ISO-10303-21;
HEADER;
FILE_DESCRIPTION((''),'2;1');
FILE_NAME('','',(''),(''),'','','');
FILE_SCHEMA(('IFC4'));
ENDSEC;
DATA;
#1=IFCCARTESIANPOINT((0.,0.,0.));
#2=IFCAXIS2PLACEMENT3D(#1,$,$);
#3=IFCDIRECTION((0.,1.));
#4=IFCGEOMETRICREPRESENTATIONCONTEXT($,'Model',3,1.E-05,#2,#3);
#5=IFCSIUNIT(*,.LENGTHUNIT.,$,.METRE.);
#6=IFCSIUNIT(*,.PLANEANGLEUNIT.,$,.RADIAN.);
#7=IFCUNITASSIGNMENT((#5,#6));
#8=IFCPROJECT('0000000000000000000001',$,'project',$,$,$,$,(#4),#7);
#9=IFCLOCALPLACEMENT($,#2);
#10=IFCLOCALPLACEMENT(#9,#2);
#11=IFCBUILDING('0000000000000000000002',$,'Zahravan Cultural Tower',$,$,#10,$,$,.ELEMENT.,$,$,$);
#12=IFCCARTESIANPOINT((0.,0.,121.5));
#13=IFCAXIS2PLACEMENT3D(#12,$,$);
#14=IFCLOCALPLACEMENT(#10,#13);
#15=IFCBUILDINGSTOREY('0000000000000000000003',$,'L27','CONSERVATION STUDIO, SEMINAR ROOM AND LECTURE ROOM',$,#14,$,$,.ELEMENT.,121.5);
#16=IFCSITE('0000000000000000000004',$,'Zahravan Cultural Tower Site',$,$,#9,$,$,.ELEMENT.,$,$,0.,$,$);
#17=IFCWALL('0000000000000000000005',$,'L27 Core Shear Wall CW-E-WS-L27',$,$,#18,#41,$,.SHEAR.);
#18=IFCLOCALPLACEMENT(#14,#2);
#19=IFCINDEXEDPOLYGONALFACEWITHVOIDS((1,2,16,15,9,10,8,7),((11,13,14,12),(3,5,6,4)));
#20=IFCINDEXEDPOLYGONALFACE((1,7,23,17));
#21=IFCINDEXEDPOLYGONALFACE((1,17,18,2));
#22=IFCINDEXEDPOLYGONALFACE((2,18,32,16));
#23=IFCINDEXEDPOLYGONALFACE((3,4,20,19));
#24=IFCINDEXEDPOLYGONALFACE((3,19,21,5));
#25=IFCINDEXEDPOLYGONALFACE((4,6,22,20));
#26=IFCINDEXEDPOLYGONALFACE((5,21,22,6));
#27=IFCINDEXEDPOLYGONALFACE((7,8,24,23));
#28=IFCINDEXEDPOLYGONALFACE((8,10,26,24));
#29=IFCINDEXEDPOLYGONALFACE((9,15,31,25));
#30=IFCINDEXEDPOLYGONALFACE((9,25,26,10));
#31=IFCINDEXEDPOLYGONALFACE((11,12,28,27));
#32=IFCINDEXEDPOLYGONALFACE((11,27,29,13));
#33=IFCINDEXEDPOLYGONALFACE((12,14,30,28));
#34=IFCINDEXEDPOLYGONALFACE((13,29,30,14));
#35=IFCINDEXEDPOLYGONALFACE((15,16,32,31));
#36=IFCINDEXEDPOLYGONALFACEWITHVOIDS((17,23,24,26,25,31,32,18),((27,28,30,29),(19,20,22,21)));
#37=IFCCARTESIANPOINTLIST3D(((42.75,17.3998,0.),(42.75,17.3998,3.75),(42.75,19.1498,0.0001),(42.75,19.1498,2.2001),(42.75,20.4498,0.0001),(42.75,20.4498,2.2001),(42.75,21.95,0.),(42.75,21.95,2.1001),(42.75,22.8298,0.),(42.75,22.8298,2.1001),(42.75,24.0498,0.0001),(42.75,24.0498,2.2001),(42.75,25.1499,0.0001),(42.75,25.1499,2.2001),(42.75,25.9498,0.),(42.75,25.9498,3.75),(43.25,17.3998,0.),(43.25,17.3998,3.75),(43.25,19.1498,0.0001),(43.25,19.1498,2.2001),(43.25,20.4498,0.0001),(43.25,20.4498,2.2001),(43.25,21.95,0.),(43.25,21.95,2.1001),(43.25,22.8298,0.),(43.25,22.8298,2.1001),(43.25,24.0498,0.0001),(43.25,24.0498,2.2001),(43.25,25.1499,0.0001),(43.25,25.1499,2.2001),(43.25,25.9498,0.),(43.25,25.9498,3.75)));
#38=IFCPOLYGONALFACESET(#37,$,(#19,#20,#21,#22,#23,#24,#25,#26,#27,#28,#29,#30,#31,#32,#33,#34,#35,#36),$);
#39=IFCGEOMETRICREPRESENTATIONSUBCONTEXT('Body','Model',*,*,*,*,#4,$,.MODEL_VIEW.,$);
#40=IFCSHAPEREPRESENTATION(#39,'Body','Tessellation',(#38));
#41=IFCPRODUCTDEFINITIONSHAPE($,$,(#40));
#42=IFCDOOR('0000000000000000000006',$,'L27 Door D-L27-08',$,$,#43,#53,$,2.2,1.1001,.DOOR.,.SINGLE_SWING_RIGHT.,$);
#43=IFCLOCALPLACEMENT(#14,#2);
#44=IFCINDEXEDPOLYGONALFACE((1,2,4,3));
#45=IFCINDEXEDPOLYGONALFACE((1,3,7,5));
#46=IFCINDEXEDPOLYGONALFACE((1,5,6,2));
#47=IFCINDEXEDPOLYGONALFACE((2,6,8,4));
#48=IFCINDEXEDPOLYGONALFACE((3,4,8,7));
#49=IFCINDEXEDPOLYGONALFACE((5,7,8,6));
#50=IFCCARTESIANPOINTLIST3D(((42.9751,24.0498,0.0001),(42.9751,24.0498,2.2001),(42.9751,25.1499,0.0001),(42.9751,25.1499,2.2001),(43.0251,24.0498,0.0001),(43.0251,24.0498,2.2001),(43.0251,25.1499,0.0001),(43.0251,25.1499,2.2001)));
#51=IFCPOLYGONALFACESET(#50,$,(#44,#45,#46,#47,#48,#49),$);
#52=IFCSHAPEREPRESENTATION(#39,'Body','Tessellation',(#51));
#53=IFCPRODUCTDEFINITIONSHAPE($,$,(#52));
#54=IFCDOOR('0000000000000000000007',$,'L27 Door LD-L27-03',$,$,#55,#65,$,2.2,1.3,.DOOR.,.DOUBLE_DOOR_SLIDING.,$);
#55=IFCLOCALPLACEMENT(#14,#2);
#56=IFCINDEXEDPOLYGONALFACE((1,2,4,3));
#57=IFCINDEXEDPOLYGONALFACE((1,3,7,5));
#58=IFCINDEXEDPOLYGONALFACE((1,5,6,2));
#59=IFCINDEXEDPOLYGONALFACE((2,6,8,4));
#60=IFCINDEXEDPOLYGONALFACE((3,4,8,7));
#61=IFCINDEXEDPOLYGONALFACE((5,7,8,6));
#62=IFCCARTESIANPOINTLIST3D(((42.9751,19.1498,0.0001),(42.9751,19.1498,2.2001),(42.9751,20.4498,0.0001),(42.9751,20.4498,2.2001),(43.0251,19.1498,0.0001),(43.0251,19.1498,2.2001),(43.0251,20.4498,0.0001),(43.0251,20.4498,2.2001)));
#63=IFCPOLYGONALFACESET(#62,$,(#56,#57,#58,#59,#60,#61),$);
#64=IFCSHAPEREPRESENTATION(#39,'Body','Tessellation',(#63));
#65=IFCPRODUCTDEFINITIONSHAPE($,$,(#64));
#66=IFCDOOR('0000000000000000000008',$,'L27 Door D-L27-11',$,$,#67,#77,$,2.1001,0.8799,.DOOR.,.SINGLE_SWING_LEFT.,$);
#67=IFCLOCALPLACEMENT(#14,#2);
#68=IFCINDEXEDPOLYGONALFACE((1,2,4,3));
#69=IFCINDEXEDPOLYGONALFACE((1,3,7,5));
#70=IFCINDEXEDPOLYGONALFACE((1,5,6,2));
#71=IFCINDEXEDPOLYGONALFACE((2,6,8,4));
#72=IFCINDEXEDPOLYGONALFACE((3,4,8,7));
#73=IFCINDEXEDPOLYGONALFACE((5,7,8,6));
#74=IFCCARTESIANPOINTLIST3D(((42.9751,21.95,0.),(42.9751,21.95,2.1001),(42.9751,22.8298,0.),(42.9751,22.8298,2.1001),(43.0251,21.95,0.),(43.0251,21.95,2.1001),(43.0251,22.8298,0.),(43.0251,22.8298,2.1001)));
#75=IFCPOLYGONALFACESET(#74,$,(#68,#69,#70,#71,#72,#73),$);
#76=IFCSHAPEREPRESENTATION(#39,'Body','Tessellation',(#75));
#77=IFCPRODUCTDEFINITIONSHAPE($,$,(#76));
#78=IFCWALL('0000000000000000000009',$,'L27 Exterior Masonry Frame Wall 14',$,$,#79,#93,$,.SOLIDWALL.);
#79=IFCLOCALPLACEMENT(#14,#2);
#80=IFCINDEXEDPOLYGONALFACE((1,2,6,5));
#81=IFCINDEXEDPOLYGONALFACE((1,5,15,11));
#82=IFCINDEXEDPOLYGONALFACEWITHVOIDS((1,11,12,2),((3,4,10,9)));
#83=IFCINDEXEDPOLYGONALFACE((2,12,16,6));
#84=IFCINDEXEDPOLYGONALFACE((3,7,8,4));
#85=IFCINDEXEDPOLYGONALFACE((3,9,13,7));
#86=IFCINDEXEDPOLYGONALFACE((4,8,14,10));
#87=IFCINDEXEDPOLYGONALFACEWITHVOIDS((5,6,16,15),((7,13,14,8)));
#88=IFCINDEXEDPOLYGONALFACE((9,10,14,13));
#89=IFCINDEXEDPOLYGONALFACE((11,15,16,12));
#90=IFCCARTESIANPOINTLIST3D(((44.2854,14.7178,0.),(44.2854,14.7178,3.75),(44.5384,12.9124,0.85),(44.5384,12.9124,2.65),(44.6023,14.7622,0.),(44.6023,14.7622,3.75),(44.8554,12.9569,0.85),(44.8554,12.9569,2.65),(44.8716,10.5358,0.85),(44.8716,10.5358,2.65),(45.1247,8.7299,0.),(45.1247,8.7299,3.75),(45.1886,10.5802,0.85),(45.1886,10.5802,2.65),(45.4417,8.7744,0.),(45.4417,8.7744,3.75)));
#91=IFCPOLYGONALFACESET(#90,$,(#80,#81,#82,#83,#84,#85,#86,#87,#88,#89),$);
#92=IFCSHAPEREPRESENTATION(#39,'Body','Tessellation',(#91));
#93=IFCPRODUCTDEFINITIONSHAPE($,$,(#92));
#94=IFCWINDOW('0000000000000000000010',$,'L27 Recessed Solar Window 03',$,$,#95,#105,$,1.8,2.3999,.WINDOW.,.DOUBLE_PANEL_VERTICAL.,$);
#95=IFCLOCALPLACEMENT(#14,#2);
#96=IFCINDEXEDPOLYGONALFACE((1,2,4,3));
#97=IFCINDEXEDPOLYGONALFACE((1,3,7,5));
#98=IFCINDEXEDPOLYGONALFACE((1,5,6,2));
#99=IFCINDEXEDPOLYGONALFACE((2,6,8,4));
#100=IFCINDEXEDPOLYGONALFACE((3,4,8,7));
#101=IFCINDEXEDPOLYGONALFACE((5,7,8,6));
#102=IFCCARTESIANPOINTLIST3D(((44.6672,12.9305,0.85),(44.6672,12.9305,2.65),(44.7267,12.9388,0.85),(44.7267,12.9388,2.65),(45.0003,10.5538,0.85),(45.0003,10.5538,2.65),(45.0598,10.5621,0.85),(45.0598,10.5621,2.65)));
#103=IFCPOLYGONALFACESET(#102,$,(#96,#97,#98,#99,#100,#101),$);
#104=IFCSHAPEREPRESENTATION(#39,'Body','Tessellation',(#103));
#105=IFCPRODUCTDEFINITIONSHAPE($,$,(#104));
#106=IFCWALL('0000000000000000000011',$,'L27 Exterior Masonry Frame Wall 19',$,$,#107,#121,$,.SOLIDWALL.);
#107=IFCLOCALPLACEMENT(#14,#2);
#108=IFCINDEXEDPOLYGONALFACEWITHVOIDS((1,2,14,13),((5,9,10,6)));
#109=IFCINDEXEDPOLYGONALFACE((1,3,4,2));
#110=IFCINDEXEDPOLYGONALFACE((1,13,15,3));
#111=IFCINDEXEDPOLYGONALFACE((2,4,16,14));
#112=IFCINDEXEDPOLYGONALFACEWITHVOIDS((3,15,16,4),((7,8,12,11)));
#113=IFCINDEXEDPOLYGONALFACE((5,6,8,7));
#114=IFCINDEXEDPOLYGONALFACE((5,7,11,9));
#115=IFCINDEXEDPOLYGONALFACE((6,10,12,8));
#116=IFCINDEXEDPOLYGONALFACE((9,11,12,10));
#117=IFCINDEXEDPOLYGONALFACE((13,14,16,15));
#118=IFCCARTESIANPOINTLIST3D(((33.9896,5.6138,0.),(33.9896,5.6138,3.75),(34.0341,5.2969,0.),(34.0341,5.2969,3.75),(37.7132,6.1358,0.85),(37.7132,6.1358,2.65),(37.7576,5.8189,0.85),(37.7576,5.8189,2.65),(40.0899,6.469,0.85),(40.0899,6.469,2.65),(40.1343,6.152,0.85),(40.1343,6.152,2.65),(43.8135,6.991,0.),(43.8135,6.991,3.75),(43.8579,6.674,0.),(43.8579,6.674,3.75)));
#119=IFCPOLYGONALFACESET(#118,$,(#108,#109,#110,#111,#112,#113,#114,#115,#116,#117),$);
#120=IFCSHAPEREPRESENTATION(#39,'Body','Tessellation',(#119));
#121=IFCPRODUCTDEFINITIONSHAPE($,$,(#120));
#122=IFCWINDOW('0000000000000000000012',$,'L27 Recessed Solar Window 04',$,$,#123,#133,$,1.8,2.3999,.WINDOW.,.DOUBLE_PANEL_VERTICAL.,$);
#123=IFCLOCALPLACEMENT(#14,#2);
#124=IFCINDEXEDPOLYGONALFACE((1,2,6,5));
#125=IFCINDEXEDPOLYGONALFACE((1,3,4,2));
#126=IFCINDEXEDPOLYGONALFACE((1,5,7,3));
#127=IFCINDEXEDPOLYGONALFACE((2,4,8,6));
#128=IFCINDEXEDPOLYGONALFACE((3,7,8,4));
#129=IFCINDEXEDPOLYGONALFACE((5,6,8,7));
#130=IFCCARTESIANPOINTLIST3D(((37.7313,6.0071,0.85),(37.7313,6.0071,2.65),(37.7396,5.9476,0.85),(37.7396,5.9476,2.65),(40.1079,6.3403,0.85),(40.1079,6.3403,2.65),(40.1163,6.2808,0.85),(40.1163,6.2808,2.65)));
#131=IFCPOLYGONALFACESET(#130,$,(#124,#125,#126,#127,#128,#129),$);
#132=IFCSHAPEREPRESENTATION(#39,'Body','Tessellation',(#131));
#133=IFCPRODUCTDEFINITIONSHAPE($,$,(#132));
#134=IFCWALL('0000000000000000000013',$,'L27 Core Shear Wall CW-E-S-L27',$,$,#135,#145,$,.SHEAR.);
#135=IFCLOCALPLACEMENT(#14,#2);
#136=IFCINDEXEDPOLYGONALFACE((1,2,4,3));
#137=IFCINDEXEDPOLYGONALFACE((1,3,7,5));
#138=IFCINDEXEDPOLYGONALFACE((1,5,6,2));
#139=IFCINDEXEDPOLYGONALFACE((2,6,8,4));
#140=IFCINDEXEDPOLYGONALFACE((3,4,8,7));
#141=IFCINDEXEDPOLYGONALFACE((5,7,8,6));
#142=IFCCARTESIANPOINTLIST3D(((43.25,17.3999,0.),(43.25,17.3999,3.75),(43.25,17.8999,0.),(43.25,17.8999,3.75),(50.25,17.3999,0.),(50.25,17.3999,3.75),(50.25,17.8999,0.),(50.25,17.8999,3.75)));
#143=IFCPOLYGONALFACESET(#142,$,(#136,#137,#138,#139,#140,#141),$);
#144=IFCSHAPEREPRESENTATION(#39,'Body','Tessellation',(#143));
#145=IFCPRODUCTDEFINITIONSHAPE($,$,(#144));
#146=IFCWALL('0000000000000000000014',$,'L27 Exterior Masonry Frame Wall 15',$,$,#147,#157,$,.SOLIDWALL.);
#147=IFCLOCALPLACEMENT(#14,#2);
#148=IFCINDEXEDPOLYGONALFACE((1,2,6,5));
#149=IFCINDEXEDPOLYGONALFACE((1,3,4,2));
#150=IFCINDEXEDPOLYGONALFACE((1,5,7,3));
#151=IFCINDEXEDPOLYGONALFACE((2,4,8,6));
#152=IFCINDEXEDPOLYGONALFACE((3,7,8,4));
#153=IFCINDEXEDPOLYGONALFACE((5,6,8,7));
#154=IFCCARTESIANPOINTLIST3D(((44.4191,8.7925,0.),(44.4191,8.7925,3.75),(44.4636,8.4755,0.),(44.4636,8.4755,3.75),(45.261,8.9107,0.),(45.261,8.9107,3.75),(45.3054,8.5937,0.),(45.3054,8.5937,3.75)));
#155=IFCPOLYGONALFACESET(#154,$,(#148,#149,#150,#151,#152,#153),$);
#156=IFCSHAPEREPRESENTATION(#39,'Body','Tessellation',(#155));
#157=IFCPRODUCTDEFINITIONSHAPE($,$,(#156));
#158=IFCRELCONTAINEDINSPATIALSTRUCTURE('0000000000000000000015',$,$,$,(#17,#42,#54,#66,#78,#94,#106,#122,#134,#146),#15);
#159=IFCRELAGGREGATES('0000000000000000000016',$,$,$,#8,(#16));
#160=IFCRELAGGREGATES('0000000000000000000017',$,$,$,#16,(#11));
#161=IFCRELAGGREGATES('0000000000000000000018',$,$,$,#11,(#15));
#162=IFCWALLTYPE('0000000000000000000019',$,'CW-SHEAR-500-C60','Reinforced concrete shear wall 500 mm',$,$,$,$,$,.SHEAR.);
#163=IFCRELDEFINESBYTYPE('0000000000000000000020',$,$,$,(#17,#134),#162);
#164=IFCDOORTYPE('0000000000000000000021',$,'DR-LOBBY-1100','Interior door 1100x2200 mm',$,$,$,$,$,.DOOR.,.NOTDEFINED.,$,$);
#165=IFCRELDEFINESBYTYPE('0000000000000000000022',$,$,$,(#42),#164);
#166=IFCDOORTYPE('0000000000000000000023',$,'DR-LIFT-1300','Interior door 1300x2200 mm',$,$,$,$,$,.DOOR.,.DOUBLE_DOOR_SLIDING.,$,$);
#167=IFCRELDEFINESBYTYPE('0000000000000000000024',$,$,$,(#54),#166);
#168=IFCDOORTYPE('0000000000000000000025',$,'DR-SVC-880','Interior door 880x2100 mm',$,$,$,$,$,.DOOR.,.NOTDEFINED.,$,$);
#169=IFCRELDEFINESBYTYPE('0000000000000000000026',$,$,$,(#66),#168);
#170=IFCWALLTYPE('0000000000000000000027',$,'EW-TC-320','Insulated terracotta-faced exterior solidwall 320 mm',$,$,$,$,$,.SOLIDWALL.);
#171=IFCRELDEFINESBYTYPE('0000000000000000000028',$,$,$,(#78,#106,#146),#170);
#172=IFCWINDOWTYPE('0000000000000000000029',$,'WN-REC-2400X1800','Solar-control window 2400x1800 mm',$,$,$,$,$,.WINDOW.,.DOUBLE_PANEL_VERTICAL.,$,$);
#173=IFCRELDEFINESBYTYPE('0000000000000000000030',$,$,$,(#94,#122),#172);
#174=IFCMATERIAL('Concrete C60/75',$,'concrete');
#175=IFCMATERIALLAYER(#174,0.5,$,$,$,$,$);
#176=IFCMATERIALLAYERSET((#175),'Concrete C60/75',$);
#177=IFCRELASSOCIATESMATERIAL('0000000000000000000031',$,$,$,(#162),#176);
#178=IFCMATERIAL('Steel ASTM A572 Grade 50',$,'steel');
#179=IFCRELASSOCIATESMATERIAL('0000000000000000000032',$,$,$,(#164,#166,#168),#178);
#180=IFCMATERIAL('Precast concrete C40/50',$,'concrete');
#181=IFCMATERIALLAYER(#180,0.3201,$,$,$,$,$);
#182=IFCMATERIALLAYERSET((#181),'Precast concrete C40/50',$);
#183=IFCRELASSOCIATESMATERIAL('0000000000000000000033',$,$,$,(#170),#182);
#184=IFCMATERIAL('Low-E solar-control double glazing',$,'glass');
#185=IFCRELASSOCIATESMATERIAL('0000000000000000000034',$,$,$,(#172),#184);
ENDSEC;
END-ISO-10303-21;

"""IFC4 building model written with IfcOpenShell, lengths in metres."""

from ifc_helpers import new_model, si_unit, direction, frame, frame_2d, origin, place, context, subcontext, project, spatial, rectangle, extrude, source, transform, mapped, material, layer, layer_set, type_object, element, fill, save


model = new_model("IFC4")

# Units and contexts
model_context = context("Model", 3, precision=1e-05, world=origin(), true_north=direction((0.0, 1.0)))
body_context = subcontext(model_context, "Body", "Model", "MODEL_VIEW")
ifc_project = project(units=[si_unit("LENGTHUNIT", "METRE"), si_unit("PLANEANGLEUNIT", "RADIAN")], contexts=[model_context])

# Site, building, storey
site_placement = place(None, origin())
site = spatial("IfcSite", under=ifc_project, at=site_placement, Name="Zahravan Cultural Tower Site", CompositionType="ELEMENT", RefElevation=0.0)
building_placement = place(site_placement, origin())
building = spatial("IfcBuilding", under=site, at=building_placement, Name="Zahravan Cultural Tower", CompositionType="ELEMENT")
storey_placement = place(building_placement, frame((0.0, 0.0, 121.5)))
storey = spatial("IfcBuildingStorey", under=building, at=storey_placement, Name="L27", Description="CONSERVATION STUDIO, SEMINAR ROOM AND LECTURE ROOM", CompositionType="ELEMENT", Elevation=121.5)

# Shared definitions
ifc_material_1 = material(Name="Concrete C60/75", Category="concrete")

# Wall, openings, doors
ifc_layer_1 = layer(ifc_material_1, 0.5)
ifc_layer_set_1 = layer_set([ifc_layer_1], Name="Concrete C60/75")
wall_type_1 = type_object("IfcWallType", Name="CW-SHEAR-500-C60", Description="Reinforced concrete shear wall 500 mm", PredefinedType="SHEAR", material=ifc_layer_set_1)
wall_1_placement = place(storey_placement, frame((43.0, 17.3999, 0.0), z_axis=(0.0, 0.0, 1.0), x_axis=(0.0, 1.0, 0.0)))
wall_1 = element("IfcWall", 1, at=wall_1_placement, inside=storey, type_object=wall_type_1, Name="L27 Core Shear Wall CW-E-WS-L27", PredefinedType="SHEAR", context=body_context, shape_type="SweptSolid", body=[
    extrude(rectangle(XDim=8.55, YDim=0.5, at=frame_2d((4.2749, 0.0))), origin(), (0.0, 0.0, 1.0), 3.75),
])
opening_1_placement = place(wall_1_placement, frame((6.6499, 0.0, 0.0)))
opening_1 = element("IfcOpeningElement", 2, at=opening_1_placement, cuts=wall_1, PredefinedType="OPENING", context=body_context, shape_type="SweptSolid", body=[
    extrude(rectangle(XDim=1.1001, YDim=2.2, at=frame_2d((0.55, 1.1001))), frame((0.0, 0.26, 0.0), z_axis=(0.0, -1.0, 0.0), x_axis=(1.0, 0.0, 0.0)), (0.0, 0.0, 1.0), 0.52),
])
opening_2_placement = place(wall_1_placement, frame((1.75, 0.0, 0.0)))
opening_2 = element("IfcOpeningElement", 3, at=opening_2_placement, cuts=wall_1, PredefinedType="OPENING", context=body_context, shape_type="SweptSolid", body=[
    extrude(rectangle(XDim=1.3, YDim=2.2, at=frame_2d((0.6499, 1.1001))), frame((0.0, 0.26, 0.0), z_axis=(0.0, -1.0, 0.0), x_axis=(1.0, 0.0, 0.0)), (0.0, 0.0, 1.0), 0.52),
])
opening_3_placement = place(wall_1_placement, frame((4.55, 0.0, 0.0)))
opening_3 = element("IfcOpeningElement", 4, at=opening_3_placement, cuts=wall_1, PredefinedType="OPENING", context=body_context, shape_type="SweptSolid", body=[
    extrude(rectangle(XDim=0.8799, YDim=2.1001, at=frame_2d((0.4399, 1.05))), frame((0.0, 0.26, 0.0), z_axis=(0.0, -1.0, 0.0), x_axis=(1.0, 0.0, 0.0)), (0.0, 0.0, 1.0), 0.52),
])
ifc_material_2 = material(Name="Steel ASTM A572 Grade 50", Category="steel")
door_type_1 = type_object("IfcDoorType", Name="DR-LOBBY-1100", Description="Interior door 1100x2200 mm", OperationType="NOTDEFINED", PredefinedType="DOOR", material=ifc_material_2)
shared_shape_1 = source(origin(), body_context, "Body", "SweptSolid", [
    extrude(rectangle(XDim=1.1001, YDim=2.2, at=frame_2d((0.55, 1.1001))), frame((0.0, 0.0249, 0.0), z_axis=(0.0, -1.0, 0.0), x_axis=(1.0, 0.0, 0.0)), (0.0, 0.0, 1.0), 0.05),
])
door_1_placement = place(opening_1_placement, origin())
door_1 = element("IfcDoor", 5, at=door_1_placement, inside=storey, type_object=door_type_1, Name="L27 Door D-L27-08", OperationType="SINGLE_SWING_RIGHT", OverallHeight=2.2, OverallWidth=1.1001, PredefinedType="DOOR", context=body_context, shape_type="MappedRepresentation", body=[
    mapped(shared_shape_1, transform((0.0, 0.0, 0.0), x_axis=(1.0, 0.0, 0.0), y_axis=(0.0, 1.0, 0.0), z_axis=(0.0, 0.0, 1.0), scale=1.0)),
])
fill(opening_1, door_1)
door_type_2 = type_object("IfcDoorType", Name="DR-LIFT-1300", Description="Interior door 1300x2200 mm", OperationType="DOUBLE_DOOR_SLIDING", PredefinedType="DOOR", material=ifc_material_2)
shared_shape_2 = source(origin(), body_context, "Body", "SweptSolid", [
    extrude(rectangle(XDim=1.3, YDim=2.2, at=frame_2d((0.6499, 1.1001))), frame((0.0, 0.0249, 0.0), z_axis=(0.0, -1.0, 0.0), x_axis=(1.0, 0.0, 0.0)), (0.0, 0.0, 1.0), 0.05),
])
door_2_placement = place(opening_2_placement, origin())
door_2 = element("IfcDoor", 6, at=door_2_placement, inside=storey, type_object=door_type_2, Name="L27 Door LD-L27-03", OperationType="DOUBLE_DOOR_SLIDING", OverallHeight=2.2, OverallWidth=1.3, PredefinedType="DOOR", context=body_context, shape_type="MappedRepresentation", body=[
    mapped(shared_shape_2, transform((0.0, 0.0, 0.0), x_axis=(1.0, 0.0, 0.0), y_axis=(0.0, 1.0, 0.0), z_axis=(0.0, 0.0, 1.0), scale=1.0)),
])
fill(opening_2, door_2)
door_type_3 = type_object("IfcDoorType", Name="DR-SVC-880", Description="Interior door 880x2100 mm", OperationType="NOTDEFINED", PredefinedType="DOOR", material=ifc_material_2)
shared_shape_3 = source(origin(), body_context, "Body", "SweptSolid", [
    extrude(rectangle(XDim=0.8799, YDim=2.1001, at=frame_2d((0.4399, 1.05))), frame((0.0, 0.0249, 0.0), z_axis=(0.0, -1.0, 0.0), x_axis=(1.0, 0.0, 0.0)), (0.0, 0.0, 1.0), 0.05),
])
door_3_placement = place(opening_3_placement, origin())
door_3 = element("IfcDoor", 7, at=door_3_placement, inside=storey, type_object=door_type_3, Name="L27 Door D-L27-11", OperationType="SINGLE_SWING_LEFT", OverallHeight=2.1001, OverallWidth=0.8799, PredefinedType="DOOR", context=body_context, shape_type="MappedRepresentation", body=[
    mapped(shared_shape_3, transform((0.0, 0.0, 0.0), x_axis=(1.0, 0.0, 0.0), y_axis=(0.0, 1.0, 0.0), z_axis=(0.0, 0.0, 1.0), scale=1.0)),
])
fill(opening_3, door_3)

# Walls, openings, windows
ifc_material_3 = material(Name="Precast concrete C40/50", Category="concrete")
ifc_layer_2 = layer(ifc_material_3, 0.3201)
ifc_layer_set_2 = layer_set([ifc_layer_2], Name="Precast concrete C40/50")
wall_type_2 = type_object("IfcWallType", Name="EW-TC-320", Description="Insulated terracotta-faced exterior solidwall 320 mm", PredefinedType="SOLIDWALL", material=ifc_layer_set_2)
wall_2_placement = place(storey_placement, frame((44.4438, 14.74, 0.0), z_axis=(0.0, 0.0, 1.0), x_axis=(0.138821, -0.990318, 0.0)))
wall_2 = element("IfcWall", 8, at=wall_2_placement, inside=storey, type_object=wall_type_2, Name="L27 Exterior Masonry Frame Wall 14", PredefinedType="SOLIDWALL", context=body_context, shape_type="SweptSolid", body=[
    extrude(rectangle(XDim=6.0464, YDim=0.3201, at=frame_2d((3.0232, 0.0))), origin(), (0.0, 0.0, 1.0), 3.75),
])
opening_4_placement = place(wall_2_placement, frame((1.823, 0.0, 0.8501)))
opening_4 = element("IfcOpeningElement", 9, at=opening_4_placement, cuts=wall_2, PredefinedType="OPENING", context=body_context, shape_type="SweptSolid", body=[
    extrude(rectangle(XDim=2.3999, YDim=1.8, at=frame_2d((1.2, 0.8999))), frame((0.0, 0.1699, 0.0), z_axis=(0.0, -1.0, 0.0), x_axis=(1.0, 0.0, 0.0)), (0.0, 0.0, 1.0), 0.3401),
])
ifc_material_4 = material(Name="Low-E solar-control double glazing", Category="glass")
window_type = type_object("IfcWindowType", Name="WN-REC-2400X1800", Description="Solar-control window 2400x1800 mm", PartitioningType="DOUBLE_PANEL_VERTICAL", PredefinedType="WINDOW", material=ifc_material_4)
shared_shape_4 = source(origin(), body_context, "Body", "SweptSolid", [
    extrude(rectangle(XDim=2.3999, YDim=1.8, at=frame_2d((1.2, 0.8999))), frame((0.0, 0.03, 0.0), z_axis=(0.0, -1.0, 0.0), x_axis=(1.0, 0.0, 0.0)), (0.0, 0.0, 1.0), 0.0601),
])
window_1_placement = place(opening_4_placement, origin())
window_1 = element("IfcWindow", 10, at=window_1_placement, inside=storey, type_object=window_type, Name="L27 Recessed Solar Window 03", OverallHeight=1.8, OverallWidth=2.3999, PartitioningType="DOUBLE_PANEL_VERTICAL", PredefinedType="WINDOW", context=body_context, shape_type="MappedRepresentation", body=[
    mapped(shared_shape_4, transform((0.0, 0.0, 0.0), x_axis=(1.0, 0.0, 0.0), y_axis=(0.0, 1.0, 0.0), z_axis=(0.0, 0.0, 1.0), scale=1.0)),
])
fill(opening_4, window_1)
wall_3_placement = place(storey_placement, frame((43.8357, 6.8325, 0.0), z_axis=(0.0, 0.0, 1.0), x_axis=(-0.990316, -0.13883, 0.0)))
wall_3 = element("IfcWall", 11, at=wall_3_placement, inside=storey, type_object=wall_type_2, Name="L27 Exterior Masonry Frame Wall 19", PredefinedType="SOLIDWALL", context=body_context, shape_type="SweptSolid", body=[
    extrude(rectangle(XDim=9.9199, YDim=0.3201, at=frame_2d((4.96, 0.0))), origin(), (0.0, 0.0, 1.0), 3.75),
])
opening_5_placement = place(wall_3_placement, frame((3.76, 0.0, 0.8501)))
opening_5 = element("IfcOpeningElement", 12, at=opening_5_placement, cuts=wall_3, PredefinedType="OPENING", context=body_context, shape_type="SweptSolid", body=[
    extrude(rectangle(XDim=2.3999, YDim=1.8, at=frame_2d((1.2, 0.8999))), frame((0.0, 0.1699, 0.0), z_axis=(0.0, -1.0, 0.0), x_axis=(1.0, 0.0, 0.0)), (0.0, 0.0, 1.0), 0.3401),
])
window_2_placement = place(opening_5_placement, origin())
window_2 = element("IfcWindow", 13, at=window_2_placement, inside=storey, type_object=window_type, Name="L27 Recessed Solar Window 04", OverallHeight=1.8, OverallWidth=2.3999, PartitioningType="DOUBLE_PANEL_VERTICAL", PredefinedType="WINDOW", context=body_context, shape_type="MappedRepresentation", body=[
    mapped(shared_shape_4, transform((0.0, 0.0, 0.0), x_axis=(1.0, 0.0, 0.0), y_axis=(0.0, 1.0, 0.0), z_axis=(0.0, 0.0, 1.0), scale=1.0)),
])
fill(opening_5, window_2)

# Walls
shared_shape_5 = source(origin(), body_context, "Body", "SweptSolid", [
    extrude(rectangle(XDim=7.0, YDim=0.5, at=frame_2d((3.5, 0.0))), origin(), (0.0, 0.0, 1.0), 3.75),
])
wall_4_placement = place(storey_placement, frame((43.25, 17.6499, 0.0), z_axis=(0.0, 0.0, 1.0), x_axis=(1.0, 0.0, 0.0)))
element("IfcWall", 14, at=wall_4_placement, inside=storey, type_object=wall_type_1, Name="L27 Core Shear Wall CW-E-S-L27", PredefinedType="SHEAR", context=body_context, shape_type="MappedRepresentation", body=[
    mapped(shared_shape_5, transform((0.0, 0.0, 0.0), x_axis=(1.0, 0.0, 0.0), y_axis=(0.0, 1.0, 0.0), z_axis=(0.0, 0.0, 1.0), scale=1.0)),
])
shared_shape_6 = source(origin(), body_context, "Body", "SweptSolid", [
    extrude(rectangle(XDim=0.8501, YDim=0.3201, at=frame_2d((0.425, 0.0))), origin(), (0.0, 0.0, 1.0), 3.75),
])
for number, where, z_axis, x_axis, name in (
    (15, (45.2832, 8.7522, 0.0), (0.0, 0.0, 1.0), (-0.990291, -0.139008, 0.0), "L27 Exterior Masonry Frame Wall 15"),
):
    element("IfcWall", number, at=place(storey_placement, frame(where, z_axis=z_axis, x_axis=x_axis)), inside=storey, type_object=wall_type_2, Name=name, PredefinedType="SOLIDWALL", context=body_context, shape_type="MappedRepresentation", body=[
        mapped(shared_shape_6, transform((0.0, 0.0, 0.0), x_axis=(1.0, 0.0, 0.0), y_axis=(0.0, 1.0, 0.0), z_axis=(0.0, 0.0, 1.0), scale=1.0)),
    ])

save(model, "model.ifc")
